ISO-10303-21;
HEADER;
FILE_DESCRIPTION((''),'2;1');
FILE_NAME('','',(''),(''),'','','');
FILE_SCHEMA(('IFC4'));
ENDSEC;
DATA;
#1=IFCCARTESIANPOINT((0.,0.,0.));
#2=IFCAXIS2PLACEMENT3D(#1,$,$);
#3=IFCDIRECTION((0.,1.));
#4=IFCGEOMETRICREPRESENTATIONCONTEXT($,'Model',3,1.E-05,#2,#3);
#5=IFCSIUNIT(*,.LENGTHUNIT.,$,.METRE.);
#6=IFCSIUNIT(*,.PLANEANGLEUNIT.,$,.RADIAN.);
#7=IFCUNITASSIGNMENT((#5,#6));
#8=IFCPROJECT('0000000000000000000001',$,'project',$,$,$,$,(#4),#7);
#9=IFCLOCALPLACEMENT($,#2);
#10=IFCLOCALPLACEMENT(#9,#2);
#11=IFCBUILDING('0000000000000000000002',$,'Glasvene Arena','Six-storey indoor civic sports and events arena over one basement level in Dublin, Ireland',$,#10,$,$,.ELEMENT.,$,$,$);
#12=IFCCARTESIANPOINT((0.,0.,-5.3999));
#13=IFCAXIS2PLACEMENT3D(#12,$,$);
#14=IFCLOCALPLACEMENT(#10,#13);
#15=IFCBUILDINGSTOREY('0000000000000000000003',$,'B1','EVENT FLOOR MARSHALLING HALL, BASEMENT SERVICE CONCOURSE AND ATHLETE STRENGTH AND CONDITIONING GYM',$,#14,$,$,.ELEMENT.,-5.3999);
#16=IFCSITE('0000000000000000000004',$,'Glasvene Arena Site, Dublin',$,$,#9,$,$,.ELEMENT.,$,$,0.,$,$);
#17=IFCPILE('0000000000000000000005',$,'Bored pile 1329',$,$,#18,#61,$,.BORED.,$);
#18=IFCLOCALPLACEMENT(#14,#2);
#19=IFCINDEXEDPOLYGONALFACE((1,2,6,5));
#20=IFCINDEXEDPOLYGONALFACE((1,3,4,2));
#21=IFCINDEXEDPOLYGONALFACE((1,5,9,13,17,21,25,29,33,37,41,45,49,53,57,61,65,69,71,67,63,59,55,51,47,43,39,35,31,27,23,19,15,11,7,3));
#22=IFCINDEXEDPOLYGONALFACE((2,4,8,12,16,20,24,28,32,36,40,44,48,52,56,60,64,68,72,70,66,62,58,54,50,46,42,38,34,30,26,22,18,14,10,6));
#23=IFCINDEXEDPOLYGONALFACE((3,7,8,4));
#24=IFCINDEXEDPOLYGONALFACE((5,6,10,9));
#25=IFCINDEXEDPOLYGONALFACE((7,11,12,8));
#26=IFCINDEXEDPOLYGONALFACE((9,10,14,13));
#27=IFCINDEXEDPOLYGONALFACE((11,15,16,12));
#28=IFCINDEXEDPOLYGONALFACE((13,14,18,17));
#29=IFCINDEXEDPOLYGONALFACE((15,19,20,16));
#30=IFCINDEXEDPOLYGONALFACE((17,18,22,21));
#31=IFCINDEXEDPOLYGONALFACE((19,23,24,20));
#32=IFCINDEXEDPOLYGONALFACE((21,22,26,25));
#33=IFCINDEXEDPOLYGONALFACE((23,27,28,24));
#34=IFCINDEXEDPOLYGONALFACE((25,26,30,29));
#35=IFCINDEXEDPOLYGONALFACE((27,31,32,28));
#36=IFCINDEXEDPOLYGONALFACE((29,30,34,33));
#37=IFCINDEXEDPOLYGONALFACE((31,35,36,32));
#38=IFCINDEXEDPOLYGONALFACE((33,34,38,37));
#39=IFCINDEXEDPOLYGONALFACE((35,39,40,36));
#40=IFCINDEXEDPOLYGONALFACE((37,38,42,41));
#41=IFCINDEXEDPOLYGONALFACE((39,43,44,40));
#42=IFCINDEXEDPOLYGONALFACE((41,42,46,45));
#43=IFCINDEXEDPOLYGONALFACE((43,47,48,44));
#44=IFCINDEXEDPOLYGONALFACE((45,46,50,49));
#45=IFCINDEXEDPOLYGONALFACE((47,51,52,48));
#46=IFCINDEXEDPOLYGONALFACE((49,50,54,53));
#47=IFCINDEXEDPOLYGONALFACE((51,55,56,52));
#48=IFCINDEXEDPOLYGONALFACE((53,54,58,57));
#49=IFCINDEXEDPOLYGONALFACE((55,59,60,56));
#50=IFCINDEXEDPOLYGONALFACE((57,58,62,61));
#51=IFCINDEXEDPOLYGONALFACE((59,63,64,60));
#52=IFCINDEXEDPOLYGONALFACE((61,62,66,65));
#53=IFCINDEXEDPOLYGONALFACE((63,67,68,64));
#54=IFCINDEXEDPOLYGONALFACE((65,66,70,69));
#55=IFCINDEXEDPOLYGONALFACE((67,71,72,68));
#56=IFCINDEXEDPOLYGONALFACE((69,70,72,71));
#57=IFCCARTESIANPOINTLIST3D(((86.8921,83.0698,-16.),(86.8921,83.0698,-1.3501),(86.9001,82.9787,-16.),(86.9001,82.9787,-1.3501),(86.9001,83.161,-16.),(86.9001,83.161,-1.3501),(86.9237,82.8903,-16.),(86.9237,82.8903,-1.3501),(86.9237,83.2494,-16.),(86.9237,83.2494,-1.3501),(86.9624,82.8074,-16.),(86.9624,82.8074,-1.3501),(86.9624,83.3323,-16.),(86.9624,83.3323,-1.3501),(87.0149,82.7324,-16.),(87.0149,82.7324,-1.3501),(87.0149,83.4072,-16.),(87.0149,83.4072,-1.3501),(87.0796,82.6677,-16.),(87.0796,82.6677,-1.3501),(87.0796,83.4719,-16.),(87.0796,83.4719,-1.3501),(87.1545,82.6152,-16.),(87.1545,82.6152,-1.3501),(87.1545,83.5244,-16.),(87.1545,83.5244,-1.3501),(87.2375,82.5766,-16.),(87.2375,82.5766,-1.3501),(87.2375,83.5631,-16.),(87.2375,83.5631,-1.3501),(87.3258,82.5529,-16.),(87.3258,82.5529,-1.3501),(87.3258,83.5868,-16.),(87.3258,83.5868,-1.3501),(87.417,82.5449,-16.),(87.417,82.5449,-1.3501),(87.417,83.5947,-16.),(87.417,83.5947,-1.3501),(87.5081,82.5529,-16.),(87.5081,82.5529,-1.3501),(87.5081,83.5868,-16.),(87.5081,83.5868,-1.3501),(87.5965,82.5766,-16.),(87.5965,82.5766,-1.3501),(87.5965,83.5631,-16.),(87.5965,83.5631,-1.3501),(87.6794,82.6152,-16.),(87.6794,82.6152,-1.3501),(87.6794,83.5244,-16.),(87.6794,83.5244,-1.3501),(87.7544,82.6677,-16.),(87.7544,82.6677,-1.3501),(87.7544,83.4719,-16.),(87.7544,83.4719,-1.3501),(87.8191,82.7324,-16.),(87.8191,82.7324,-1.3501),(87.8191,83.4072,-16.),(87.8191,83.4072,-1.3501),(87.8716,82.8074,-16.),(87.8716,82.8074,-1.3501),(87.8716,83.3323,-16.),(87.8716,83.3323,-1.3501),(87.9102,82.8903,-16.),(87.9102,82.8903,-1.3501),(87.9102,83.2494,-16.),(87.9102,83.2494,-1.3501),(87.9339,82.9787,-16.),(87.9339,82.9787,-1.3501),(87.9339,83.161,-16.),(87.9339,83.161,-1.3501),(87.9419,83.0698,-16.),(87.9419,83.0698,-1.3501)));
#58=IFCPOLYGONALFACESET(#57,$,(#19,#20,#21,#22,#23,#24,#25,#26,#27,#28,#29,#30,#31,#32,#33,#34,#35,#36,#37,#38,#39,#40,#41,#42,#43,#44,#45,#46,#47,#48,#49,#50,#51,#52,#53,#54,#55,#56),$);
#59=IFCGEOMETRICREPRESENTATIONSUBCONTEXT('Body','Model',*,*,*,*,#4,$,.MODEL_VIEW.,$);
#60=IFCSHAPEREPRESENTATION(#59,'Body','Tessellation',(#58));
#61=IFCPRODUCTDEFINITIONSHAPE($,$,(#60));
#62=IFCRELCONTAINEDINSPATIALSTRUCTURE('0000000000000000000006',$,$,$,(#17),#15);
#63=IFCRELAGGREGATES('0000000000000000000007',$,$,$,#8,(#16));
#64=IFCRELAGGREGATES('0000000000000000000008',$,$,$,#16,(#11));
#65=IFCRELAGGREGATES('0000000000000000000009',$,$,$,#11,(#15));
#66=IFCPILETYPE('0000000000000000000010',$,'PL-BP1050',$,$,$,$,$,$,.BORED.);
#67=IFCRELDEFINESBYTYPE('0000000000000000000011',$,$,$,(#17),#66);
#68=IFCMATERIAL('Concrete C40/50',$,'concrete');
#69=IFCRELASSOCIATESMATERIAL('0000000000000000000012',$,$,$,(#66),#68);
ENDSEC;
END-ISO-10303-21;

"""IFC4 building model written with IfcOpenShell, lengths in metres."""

from ifc_helpers import new_model, si_unit, direction, frame, origin, origin_2d, place, context, subcontext, project, spatial, circle, extrude, material, material_profile, profile_set, type_object, element, save


model = new_model("IFC4")

# Units and contexts
model_context = context("Model", 3, precision=1e-05, world=origin(), true_north=direction((0.0, 1.0)))
body_context = subcontext(model_context, "Body", "Model", "MODEL_VIEW")
ifc_project = project(units=[si_unit("LENGTHUNIT", "METRE"), si_unit("PLANEANGLEUNIT", "RADIAN")], contexts=[model_context])

# Site, building, storey
site_placement = place(None, origin())
site = spatial("IfcSite", under=ifc_project, at=site_placement, Name="Glasvene Arena Site, Dublin", CompositionType="ELEMENT", RefElevation=0.0)
building_placement = place(site_placement, origin())
building = spatial("IfcBuilding", under=site, at=building_placement, Name="Glasvene Arena", Description="Six-storey indoor civic sports and events arena over one basement level in Dublin, Ireland", CompositionType="ELEMENT")
storey_placement = place(building_placement, frame((0.0, 0.0, -5.3999)))
storey = spatial("IfcBuildingStorey", under=building, at=storey_placement, Name="B1", Description="EVENT FLOOR MARSHALLING HALL, BASEMENT SERVICE CONCOURSE AND ATHLETE STRENGTH AND CONDITIONING GYM", CompositionType="ELEMENT", Elevation=-5.3999)

# Pile
ifc_material = material(Name="Concrete C40/50", Category="concrete")
ifc_material_profile = material_profile(ifc_material, circle(Radius=0.5249, at=origin_2d()), Name="BORED PILE 1050")
ifc_profile_set = profile_set([ifc_material_profile], Name="Concrete C40/50")
pile_type = type_object("IfcPileType", Name="PL-BP1050", PredefinedType="BORED", material=ifc_profile_set)
for number, where, z_axis, x_axis, name in (
    (1, (87.417, 83.0698, -1.3501), (0.0, 0.0, -1.0), (1.0, 0.0, 0.0), "Bored pile 1329"),
):
    element("IfcPile", number, at=place(storey_placement, frame(where, z_axis=z_axis, x_axis=x_axis)), inside=storey, type_object=pile_type, Name=name, PredefinedType="BORED", context=body_context, shape_type="SweptSolid", body=[
        extrude(circle(Radius=0.5249, at=origin_2d()), origin(), (0.0, 0.0, 1.0), 14.6499),
    ])

save(model, "model.ifc")
